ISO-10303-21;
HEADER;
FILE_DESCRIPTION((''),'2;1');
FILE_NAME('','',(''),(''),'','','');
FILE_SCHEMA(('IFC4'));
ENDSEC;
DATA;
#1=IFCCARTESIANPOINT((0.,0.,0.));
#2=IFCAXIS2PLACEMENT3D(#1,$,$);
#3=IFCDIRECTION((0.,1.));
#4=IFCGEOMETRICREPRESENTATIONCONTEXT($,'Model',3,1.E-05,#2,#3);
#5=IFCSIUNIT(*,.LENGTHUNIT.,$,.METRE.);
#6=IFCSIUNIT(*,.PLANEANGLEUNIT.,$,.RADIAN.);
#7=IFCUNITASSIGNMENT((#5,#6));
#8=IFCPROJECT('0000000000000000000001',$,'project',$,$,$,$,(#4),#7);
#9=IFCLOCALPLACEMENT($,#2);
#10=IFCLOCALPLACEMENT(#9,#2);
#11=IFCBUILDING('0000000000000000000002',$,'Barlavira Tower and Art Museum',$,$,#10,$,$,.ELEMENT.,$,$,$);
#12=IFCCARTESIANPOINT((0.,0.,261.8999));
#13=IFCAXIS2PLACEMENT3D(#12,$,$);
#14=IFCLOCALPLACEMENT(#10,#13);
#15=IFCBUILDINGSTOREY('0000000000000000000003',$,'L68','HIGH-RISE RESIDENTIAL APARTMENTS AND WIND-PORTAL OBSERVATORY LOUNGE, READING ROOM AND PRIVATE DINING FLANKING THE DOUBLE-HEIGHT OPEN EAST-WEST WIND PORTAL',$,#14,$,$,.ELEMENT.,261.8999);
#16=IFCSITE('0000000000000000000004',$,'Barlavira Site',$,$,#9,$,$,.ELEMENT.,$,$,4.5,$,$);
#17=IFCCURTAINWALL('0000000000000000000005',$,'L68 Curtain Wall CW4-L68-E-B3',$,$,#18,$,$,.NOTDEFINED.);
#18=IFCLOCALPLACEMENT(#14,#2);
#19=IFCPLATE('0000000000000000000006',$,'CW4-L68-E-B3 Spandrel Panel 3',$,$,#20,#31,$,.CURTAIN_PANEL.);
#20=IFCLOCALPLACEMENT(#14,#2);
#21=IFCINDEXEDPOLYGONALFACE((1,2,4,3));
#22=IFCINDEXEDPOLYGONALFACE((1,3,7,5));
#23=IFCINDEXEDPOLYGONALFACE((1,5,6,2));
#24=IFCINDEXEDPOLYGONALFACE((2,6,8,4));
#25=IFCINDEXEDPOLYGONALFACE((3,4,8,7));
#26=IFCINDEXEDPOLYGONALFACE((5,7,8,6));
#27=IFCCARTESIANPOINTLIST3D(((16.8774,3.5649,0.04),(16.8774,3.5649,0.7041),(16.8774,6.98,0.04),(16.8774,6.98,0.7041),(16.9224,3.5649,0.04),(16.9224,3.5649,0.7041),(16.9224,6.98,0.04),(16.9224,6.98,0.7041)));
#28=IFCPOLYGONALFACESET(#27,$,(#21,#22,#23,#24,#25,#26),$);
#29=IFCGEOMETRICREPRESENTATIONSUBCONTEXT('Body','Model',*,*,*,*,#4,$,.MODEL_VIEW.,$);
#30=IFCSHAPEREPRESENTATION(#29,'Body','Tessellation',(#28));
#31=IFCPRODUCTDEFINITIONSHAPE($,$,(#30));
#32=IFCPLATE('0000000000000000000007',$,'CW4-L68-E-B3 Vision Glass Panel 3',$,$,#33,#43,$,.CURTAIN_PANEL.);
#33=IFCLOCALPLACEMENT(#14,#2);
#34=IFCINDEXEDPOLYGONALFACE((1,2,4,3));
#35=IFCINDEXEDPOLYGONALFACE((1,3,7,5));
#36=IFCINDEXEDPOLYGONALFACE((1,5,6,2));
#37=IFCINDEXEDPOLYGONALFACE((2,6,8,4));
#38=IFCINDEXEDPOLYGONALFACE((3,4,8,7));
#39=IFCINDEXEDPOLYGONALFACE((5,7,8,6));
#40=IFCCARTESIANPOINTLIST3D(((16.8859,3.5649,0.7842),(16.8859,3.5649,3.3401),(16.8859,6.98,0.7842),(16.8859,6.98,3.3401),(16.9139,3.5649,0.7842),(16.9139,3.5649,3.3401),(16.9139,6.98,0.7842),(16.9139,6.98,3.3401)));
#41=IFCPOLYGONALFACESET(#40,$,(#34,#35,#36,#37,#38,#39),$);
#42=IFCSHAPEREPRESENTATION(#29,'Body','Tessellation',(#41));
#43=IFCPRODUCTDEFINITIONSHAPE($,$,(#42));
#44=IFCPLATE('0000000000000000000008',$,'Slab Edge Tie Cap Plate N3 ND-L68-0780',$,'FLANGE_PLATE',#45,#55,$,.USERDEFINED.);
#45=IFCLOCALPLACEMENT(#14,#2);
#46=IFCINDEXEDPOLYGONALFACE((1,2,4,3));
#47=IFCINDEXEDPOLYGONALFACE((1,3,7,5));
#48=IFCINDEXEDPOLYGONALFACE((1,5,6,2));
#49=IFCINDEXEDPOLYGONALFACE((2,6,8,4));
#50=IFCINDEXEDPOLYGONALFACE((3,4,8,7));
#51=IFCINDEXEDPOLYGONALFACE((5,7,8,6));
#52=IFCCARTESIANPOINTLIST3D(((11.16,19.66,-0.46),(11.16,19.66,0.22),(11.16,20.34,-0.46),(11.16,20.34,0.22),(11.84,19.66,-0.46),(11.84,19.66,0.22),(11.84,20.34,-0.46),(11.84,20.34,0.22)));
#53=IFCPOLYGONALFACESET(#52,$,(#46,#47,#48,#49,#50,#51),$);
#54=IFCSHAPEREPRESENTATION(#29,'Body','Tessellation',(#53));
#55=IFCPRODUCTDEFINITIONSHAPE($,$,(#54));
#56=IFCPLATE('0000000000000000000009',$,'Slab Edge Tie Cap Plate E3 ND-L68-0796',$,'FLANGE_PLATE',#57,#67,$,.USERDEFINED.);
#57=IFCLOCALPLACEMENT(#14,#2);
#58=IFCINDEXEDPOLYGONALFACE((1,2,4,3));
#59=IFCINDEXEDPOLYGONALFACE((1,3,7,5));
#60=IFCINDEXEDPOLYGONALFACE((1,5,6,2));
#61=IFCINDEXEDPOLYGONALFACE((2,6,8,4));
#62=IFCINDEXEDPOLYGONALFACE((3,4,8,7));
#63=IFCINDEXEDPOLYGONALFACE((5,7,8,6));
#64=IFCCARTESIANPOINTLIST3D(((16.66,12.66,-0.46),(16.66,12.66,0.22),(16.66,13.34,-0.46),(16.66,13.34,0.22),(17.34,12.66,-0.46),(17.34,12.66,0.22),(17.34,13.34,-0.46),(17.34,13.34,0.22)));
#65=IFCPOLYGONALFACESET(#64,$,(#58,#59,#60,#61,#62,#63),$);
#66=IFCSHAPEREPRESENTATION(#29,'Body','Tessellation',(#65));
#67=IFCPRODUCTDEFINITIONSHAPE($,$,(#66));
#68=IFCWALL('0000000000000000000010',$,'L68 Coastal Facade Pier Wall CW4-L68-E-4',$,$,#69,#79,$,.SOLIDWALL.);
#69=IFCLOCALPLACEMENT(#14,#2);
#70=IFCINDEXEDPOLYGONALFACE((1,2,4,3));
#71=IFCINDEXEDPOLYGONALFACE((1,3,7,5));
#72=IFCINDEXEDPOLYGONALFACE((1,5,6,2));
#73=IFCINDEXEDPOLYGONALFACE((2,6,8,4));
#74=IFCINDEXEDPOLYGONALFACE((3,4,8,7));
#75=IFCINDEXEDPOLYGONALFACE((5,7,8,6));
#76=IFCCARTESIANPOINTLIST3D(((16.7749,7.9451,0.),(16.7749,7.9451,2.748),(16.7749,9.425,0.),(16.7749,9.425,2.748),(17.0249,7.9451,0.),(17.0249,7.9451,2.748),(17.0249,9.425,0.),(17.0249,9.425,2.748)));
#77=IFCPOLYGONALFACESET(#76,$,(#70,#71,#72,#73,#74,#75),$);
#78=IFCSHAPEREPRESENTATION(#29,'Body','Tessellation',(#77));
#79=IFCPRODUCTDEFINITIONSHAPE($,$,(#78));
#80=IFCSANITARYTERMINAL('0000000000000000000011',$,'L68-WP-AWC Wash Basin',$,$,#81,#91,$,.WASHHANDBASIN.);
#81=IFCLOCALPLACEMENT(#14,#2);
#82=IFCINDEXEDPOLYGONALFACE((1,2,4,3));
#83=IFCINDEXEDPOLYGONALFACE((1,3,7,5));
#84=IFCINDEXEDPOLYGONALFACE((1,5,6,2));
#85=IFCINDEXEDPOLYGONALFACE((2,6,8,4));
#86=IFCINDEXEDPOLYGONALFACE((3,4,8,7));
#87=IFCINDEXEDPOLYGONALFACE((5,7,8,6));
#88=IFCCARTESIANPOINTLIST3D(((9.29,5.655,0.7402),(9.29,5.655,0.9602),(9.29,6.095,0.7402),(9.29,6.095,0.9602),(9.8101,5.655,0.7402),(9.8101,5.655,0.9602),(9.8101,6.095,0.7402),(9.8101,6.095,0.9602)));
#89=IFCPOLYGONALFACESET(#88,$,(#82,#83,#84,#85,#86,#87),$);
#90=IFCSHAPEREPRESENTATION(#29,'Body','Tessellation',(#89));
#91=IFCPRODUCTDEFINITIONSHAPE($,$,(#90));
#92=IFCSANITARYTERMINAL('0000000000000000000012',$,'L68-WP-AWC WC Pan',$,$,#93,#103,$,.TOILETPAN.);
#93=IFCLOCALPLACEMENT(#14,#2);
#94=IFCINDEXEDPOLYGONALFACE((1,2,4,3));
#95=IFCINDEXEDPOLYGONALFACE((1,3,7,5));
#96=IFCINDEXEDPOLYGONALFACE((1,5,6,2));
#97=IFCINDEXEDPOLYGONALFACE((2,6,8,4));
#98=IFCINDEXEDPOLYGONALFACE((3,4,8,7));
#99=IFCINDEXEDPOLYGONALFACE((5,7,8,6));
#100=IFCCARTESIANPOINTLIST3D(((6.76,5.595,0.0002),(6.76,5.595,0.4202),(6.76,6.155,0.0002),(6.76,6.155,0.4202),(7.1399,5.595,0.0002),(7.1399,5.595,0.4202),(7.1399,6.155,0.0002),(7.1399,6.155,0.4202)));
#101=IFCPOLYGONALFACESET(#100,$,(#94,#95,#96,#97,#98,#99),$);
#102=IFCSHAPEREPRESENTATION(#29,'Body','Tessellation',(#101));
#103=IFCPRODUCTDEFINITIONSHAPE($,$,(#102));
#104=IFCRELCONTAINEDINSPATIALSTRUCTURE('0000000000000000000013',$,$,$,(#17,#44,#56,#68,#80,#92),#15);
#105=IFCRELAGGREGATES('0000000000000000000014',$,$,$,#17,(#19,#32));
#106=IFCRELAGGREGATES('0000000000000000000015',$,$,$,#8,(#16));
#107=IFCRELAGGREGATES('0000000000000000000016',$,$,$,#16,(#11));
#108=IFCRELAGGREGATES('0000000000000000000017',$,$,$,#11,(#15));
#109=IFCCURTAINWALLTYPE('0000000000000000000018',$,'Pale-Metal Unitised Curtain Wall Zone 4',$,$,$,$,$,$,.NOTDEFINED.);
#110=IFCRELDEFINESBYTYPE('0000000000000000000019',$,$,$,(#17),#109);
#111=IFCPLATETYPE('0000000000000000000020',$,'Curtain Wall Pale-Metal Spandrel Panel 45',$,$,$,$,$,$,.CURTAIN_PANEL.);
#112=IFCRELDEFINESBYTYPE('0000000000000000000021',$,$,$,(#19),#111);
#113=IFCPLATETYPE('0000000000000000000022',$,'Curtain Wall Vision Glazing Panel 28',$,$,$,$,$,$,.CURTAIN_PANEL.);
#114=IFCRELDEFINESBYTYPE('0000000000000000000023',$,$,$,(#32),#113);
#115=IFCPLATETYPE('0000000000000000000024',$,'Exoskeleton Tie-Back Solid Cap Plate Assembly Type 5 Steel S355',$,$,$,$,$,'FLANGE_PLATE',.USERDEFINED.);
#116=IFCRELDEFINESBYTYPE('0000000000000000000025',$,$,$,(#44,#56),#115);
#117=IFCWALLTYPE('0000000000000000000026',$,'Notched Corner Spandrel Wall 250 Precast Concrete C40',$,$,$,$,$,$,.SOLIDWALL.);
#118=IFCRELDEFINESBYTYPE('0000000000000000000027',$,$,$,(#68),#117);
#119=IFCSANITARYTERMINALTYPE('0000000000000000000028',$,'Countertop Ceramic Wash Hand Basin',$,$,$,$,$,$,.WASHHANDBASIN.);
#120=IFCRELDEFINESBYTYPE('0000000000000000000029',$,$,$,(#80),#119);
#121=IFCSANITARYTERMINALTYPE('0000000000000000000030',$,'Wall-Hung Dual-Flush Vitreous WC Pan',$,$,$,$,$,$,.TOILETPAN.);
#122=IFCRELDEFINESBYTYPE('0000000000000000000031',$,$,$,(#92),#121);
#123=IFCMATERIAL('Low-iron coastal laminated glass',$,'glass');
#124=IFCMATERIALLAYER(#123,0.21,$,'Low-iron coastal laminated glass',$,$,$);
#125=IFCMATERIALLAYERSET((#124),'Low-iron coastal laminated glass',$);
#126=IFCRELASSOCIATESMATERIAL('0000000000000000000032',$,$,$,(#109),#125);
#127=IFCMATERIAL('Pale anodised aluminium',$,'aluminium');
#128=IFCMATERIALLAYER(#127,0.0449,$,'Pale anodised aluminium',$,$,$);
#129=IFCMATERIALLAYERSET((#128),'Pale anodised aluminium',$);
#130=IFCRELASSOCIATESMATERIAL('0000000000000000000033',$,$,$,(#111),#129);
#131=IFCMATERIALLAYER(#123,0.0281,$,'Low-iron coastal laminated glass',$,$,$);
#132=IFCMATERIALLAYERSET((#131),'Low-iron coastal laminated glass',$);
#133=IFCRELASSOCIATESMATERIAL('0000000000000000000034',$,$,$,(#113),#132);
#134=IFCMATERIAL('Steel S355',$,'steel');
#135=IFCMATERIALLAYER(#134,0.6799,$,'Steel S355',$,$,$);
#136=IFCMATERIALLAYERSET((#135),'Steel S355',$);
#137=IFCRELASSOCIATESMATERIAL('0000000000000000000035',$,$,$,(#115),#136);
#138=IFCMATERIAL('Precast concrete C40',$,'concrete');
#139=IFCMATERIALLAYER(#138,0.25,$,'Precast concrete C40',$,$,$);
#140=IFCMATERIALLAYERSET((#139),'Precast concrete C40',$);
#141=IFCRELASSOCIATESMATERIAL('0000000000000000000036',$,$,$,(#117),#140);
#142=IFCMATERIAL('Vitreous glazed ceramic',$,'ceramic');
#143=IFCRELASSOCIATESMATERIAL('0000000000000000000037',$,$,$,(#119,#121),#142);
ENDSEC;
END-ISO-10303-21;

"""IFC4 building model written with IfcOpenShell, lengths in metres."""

from ifc_helpers import new_model, si_unit, direction, frame, frame_2d, origin, origin_2d, place, context, subcontext, project, spatial, rectangle, extrude, material, layer, layer_set, type_object, element, aggregate, save


model = new_model("IFC4")

# Units and contexts
model_context = context("Model", 3, precision=1e-05, world=origin(), true_north=direction((0.0, 1.0)))
body_context = subcontext(model_context, "Body", "Model", "MODEL_VIEW")
ifc_project = project(units=[si_unit("LENGTHUNIT", "METRE"), si_unit("PLANEANGLEUNIT", "RADIAN")], contexts=[model_context])

# Site, building, storey
site_placement = place(None, origin())
site = spatial("IfcSite", under=ifc_project, at=site_placement, Name="Barlavira Site", CompositionType="ELEMENT", RefElevation=4.5)
building_placement = place(site_placement, origin())
building = spatial("IfcBuilding", under=site, at=building_placement, Name="Barlavira Tower and Art Museum", CompositionType="ELEMENT")
storey_placement = place(building_placement, frame((0.0, 0.0, 261.8999)))
storey = spatial("IfcBuildingStorey", under=building, at=storey_placement, Name="L68", Description="HIGH-RISE RESIDENTIAL APARTMENTS AND WIND-PORTAL OBSERVATORY LOUNGE, READING ROOM AND PRIVATE DINING FLANKING THE DOUBLE-HEIGHT OPEN EAST-WEST WIND PORTAL", CompositionType="ELEMENT", Elevation=261.8999)

# Curtain wall
ifc_material_1 = material(Name="Low-iron coastal laminated glass", Category="glass")
ifc_layer_1 = layer(ifc_material_1, 0.21, Name="Low-iron coastal laminated glass")
ifc_layer_set_1 = layer_set([ifc_layer_1], Name="Low-iron coastal laminated glass")
curtain_wall_type = type_object("IfcCurtainWallType", Name="Pale-Metal Unitised Curtain Wall Zone 4", PredefinedType="NOTDEFINED", material=ifc_layer_set_1)
curtain_wall_placement = place(storey_placement, origin())
curtain_wall = element("IfcCurtainWall", 1, at=curtain_wall_placement, inside=storey, type_object=curtain_wall_type, Name="L68 Curtain Wall CW4-L68-E-B3", PredefinedType="NOTDEFINED")
ifc_material_2 = material(Name="Pale anodised aluminium", Category="aluminium")

# Shared definitions
ifc_material_3 = material(Name="Steel S355", Category="steel")

# Plates
ifc_layer_2 = layer(ifc_material_2, 0.0449, Name="Pale anodised aluminium")
ifc_layer_set_2 = layer_set([ifc_layer_2], Name="Pale anodised aluminium")
plate_type_1 = type_object("IfcPlateType", Name="Curtain Wall Pale-Metal Spandrel Panel 45", PredefinedType="CURTAIN_PANEL", material=ifc_layer_set_2)
plate_1_placement = place(storey_placement, frame((16.8999, 5.2725, 0.04), z_axis=(0.0, 0.0, 1.0), x_axis=(0.0, 1.0, 0.0)))
plate_1 = element("IfcPlate", 2, at=plate_1_placement, type_object=plate_type_1, Name="CW4-L68-E-B3 Spandrel Panel 3", PredefinedType="CURTAIN_PANEL", context=body_context, shape_type="SweptSolid", body=[
    extrude(rectangle(XDim=3.415, YDim=0.0449, at=origin_2d()), origin(), (0.0, 0.0, 1.0), 0.6641),
])
ifc_layer_3 = layer(ifc_material_1, 0.0281, Name="Low-iron coastal laminated glass")
ifc_layer_set_3 = layer_set([ifc_layer_3], Name="Low-iron coastal laminated glass")
plate_type_2 = type_object("IfcPlateType", Name="Curtain Wall Vision Glazing Panel 28", PredefinedType="CURTAIN_PANEL", material=ifc_layer_set_3)
plate_2_placement = place(storey_placement, frame((16.8999, 5.2725, 0.7842), z_axis=(0.0, 0.0, 1.0), x_axis=(0.0, 1.0, 0.0)))
plate_2 = element("IfcPlate", 3, at=plate_2_placement, type_object=plate_type_2, Name="CW4-L68-E-B3 Vision Glass Panel 3", PredefinedType="CURTAIN_PANEL", context=body_context, shape_type="SweptSolid", body=[
    extrude(rectangle(XDim=3.415, YDim=0.0281, at=origin_2d()), origin(), (0.0, 0.0, 1.0), 2.5559),
])
aggregate(curtain_wall, [plate_1, plate_2])

# Plates
ifc_layer_4 = layer(ifc_material_3, 0.6799, Name="Steel S355")
ifc_layer_set_4 = layer_set([ifc_layer_4], Name="Steel S355")
plate_type_3 = type_object("IfcPlateType", Name="Exoskeleton Tie-Back Solid Cap Plate Assembly Type 5 Steel S355", ElementType="FLANGE_PLATE", PredefinedType="USERDEFINED", material=ifc_layer_set_4)
for number, where, z_axis, x_axis, name in (
    (4, (11.5, 20.0, -0.46), (0.0, 0.0, 1.0), (1.0, 0.0, 0.0), "Slab Edge Tie Cap Plate N3 ND-L68-0780"),
    (5, (17.0, 13.0, -0.46), (0.0, 0.0, 1.0), (1.0, 0.0, 0.0), "Slab Edge Tie Cap Plate E3 ND-L68-0796"),
):
    element("IfcPlate", number, at=place(storey_placement, frame(where, z_axis=z_axis, x_axis=x_axis)), inside=storey, type_object=plate_type_3, Name=name, ObjectType="FLANGE_PLATE", PredefinedType="USERDEFINED", context=body_context, shape_type="SweptSolid", body=[
        extrude(rectangle(XDim=0.6799, YDim=0.6799, at=origin_2d()), origin(), (0.0, 0.0, 1.0), 0.6799),
    ])

# Wall
ifc_material_4 = material(Name="Precast concrete C40", Category="concrete")
ifc_layer_5 = layer(ifc_material_4, 0.25, Name="Precast concrete C40")
ifc_layer_set_5 = layer_set([ifc_layer_5], Name="Precast concrete C40")
wall_type = type_object("IfcWallType", Name="Notched Corner Spandrel Wall 250 Precast Concrete C40", PredefinedType="SOLIDWALL", material=ifc_layer_set_5)
wall_placement = place(storey_placement, frame((16.8999, 7.9451, 0.0), z_axis=(0.0, 0.0, 1.0), x_axis=(0.0, 1.0, 0.0)))
element("IfcWall", 6, at=wall_placement, inside=storey, type_object=wall_type, Name="L68 Coastal Facade Pier Wall CW4-L68-E-4", PredefinedType="SOLIDWALL", context=body_context, shape_type="SweptSolid", body=[
    extrude(rectangle(XDim=1.48, YDim=0.25, at=frame_2d((0.74, 0.0))), origin(), (0.0, 0.0, 1.0), 2.748),
])

# Sanitary terminals
ifc_material_5 = material(Name="Vitreous glazed ceramic", Category="ceramic")
sanitary_terminal_type_1 = type_object("IfcSanitaryTerminalType", Name="Countertop Ceramic Wash Hand Basin", PredefinedType="WASHHANDBASIN", material=ifc_material_5)
sanitary_terminal_1_placement = place(storey_placement, frame((9.55, 5.875, 0.7402), z_axis=(0.0, 0.0, 1.0), x_axis=(1.0, 0.0, 0.0)))
element("IfcSanitaryTerminal", 7, at=sanitary_terminal_1_placement, inside=storey, type_object=sanitary_terminal_type_1, Name="L68-WP-AWC Wash Basin", PredefinedType="WASHHANDBASIN", context=body_context, shape_type="SweptSolid", body=[
    extrude(rectangle(XDim=0.52, YDim=0.4399, at=origin_2d()), origin(), (0.0, 0.0, 1.0), 0.22),
])
sanitary_terminal_type_2 = type_object("IfcSanitaryTerminalType", Name="Wall-Hung Dual-Flush Vitreous WC Pan", PredefinedType="TOILETPAN", material=ifc_material_5)
sanitary_terminal_2_placement = place(storey_placement, frame((6.95, 5.875, 0.0002), z_axis=(0.0, 0.0, 1.0), x_axis=(1.0, 0.0, 0.0)))
element("IfcSanitaryTerminal", 8, at=sanitary_terminal_2_placement, inside=storey, type_object=sanitary_terminal_type_2, Name="L68-WP-AWC WC Pan", PredefinedType="TOILETPAN", context=body_context, shape_type="SweptSolid", body=[
    extrude(rectangle(XDim=0.3799, YDim=0.5601, at=origin_2d()), origin(), (0.0, 0.0, 1.0), 0.4199),
])

save(model, "model.ifc")
